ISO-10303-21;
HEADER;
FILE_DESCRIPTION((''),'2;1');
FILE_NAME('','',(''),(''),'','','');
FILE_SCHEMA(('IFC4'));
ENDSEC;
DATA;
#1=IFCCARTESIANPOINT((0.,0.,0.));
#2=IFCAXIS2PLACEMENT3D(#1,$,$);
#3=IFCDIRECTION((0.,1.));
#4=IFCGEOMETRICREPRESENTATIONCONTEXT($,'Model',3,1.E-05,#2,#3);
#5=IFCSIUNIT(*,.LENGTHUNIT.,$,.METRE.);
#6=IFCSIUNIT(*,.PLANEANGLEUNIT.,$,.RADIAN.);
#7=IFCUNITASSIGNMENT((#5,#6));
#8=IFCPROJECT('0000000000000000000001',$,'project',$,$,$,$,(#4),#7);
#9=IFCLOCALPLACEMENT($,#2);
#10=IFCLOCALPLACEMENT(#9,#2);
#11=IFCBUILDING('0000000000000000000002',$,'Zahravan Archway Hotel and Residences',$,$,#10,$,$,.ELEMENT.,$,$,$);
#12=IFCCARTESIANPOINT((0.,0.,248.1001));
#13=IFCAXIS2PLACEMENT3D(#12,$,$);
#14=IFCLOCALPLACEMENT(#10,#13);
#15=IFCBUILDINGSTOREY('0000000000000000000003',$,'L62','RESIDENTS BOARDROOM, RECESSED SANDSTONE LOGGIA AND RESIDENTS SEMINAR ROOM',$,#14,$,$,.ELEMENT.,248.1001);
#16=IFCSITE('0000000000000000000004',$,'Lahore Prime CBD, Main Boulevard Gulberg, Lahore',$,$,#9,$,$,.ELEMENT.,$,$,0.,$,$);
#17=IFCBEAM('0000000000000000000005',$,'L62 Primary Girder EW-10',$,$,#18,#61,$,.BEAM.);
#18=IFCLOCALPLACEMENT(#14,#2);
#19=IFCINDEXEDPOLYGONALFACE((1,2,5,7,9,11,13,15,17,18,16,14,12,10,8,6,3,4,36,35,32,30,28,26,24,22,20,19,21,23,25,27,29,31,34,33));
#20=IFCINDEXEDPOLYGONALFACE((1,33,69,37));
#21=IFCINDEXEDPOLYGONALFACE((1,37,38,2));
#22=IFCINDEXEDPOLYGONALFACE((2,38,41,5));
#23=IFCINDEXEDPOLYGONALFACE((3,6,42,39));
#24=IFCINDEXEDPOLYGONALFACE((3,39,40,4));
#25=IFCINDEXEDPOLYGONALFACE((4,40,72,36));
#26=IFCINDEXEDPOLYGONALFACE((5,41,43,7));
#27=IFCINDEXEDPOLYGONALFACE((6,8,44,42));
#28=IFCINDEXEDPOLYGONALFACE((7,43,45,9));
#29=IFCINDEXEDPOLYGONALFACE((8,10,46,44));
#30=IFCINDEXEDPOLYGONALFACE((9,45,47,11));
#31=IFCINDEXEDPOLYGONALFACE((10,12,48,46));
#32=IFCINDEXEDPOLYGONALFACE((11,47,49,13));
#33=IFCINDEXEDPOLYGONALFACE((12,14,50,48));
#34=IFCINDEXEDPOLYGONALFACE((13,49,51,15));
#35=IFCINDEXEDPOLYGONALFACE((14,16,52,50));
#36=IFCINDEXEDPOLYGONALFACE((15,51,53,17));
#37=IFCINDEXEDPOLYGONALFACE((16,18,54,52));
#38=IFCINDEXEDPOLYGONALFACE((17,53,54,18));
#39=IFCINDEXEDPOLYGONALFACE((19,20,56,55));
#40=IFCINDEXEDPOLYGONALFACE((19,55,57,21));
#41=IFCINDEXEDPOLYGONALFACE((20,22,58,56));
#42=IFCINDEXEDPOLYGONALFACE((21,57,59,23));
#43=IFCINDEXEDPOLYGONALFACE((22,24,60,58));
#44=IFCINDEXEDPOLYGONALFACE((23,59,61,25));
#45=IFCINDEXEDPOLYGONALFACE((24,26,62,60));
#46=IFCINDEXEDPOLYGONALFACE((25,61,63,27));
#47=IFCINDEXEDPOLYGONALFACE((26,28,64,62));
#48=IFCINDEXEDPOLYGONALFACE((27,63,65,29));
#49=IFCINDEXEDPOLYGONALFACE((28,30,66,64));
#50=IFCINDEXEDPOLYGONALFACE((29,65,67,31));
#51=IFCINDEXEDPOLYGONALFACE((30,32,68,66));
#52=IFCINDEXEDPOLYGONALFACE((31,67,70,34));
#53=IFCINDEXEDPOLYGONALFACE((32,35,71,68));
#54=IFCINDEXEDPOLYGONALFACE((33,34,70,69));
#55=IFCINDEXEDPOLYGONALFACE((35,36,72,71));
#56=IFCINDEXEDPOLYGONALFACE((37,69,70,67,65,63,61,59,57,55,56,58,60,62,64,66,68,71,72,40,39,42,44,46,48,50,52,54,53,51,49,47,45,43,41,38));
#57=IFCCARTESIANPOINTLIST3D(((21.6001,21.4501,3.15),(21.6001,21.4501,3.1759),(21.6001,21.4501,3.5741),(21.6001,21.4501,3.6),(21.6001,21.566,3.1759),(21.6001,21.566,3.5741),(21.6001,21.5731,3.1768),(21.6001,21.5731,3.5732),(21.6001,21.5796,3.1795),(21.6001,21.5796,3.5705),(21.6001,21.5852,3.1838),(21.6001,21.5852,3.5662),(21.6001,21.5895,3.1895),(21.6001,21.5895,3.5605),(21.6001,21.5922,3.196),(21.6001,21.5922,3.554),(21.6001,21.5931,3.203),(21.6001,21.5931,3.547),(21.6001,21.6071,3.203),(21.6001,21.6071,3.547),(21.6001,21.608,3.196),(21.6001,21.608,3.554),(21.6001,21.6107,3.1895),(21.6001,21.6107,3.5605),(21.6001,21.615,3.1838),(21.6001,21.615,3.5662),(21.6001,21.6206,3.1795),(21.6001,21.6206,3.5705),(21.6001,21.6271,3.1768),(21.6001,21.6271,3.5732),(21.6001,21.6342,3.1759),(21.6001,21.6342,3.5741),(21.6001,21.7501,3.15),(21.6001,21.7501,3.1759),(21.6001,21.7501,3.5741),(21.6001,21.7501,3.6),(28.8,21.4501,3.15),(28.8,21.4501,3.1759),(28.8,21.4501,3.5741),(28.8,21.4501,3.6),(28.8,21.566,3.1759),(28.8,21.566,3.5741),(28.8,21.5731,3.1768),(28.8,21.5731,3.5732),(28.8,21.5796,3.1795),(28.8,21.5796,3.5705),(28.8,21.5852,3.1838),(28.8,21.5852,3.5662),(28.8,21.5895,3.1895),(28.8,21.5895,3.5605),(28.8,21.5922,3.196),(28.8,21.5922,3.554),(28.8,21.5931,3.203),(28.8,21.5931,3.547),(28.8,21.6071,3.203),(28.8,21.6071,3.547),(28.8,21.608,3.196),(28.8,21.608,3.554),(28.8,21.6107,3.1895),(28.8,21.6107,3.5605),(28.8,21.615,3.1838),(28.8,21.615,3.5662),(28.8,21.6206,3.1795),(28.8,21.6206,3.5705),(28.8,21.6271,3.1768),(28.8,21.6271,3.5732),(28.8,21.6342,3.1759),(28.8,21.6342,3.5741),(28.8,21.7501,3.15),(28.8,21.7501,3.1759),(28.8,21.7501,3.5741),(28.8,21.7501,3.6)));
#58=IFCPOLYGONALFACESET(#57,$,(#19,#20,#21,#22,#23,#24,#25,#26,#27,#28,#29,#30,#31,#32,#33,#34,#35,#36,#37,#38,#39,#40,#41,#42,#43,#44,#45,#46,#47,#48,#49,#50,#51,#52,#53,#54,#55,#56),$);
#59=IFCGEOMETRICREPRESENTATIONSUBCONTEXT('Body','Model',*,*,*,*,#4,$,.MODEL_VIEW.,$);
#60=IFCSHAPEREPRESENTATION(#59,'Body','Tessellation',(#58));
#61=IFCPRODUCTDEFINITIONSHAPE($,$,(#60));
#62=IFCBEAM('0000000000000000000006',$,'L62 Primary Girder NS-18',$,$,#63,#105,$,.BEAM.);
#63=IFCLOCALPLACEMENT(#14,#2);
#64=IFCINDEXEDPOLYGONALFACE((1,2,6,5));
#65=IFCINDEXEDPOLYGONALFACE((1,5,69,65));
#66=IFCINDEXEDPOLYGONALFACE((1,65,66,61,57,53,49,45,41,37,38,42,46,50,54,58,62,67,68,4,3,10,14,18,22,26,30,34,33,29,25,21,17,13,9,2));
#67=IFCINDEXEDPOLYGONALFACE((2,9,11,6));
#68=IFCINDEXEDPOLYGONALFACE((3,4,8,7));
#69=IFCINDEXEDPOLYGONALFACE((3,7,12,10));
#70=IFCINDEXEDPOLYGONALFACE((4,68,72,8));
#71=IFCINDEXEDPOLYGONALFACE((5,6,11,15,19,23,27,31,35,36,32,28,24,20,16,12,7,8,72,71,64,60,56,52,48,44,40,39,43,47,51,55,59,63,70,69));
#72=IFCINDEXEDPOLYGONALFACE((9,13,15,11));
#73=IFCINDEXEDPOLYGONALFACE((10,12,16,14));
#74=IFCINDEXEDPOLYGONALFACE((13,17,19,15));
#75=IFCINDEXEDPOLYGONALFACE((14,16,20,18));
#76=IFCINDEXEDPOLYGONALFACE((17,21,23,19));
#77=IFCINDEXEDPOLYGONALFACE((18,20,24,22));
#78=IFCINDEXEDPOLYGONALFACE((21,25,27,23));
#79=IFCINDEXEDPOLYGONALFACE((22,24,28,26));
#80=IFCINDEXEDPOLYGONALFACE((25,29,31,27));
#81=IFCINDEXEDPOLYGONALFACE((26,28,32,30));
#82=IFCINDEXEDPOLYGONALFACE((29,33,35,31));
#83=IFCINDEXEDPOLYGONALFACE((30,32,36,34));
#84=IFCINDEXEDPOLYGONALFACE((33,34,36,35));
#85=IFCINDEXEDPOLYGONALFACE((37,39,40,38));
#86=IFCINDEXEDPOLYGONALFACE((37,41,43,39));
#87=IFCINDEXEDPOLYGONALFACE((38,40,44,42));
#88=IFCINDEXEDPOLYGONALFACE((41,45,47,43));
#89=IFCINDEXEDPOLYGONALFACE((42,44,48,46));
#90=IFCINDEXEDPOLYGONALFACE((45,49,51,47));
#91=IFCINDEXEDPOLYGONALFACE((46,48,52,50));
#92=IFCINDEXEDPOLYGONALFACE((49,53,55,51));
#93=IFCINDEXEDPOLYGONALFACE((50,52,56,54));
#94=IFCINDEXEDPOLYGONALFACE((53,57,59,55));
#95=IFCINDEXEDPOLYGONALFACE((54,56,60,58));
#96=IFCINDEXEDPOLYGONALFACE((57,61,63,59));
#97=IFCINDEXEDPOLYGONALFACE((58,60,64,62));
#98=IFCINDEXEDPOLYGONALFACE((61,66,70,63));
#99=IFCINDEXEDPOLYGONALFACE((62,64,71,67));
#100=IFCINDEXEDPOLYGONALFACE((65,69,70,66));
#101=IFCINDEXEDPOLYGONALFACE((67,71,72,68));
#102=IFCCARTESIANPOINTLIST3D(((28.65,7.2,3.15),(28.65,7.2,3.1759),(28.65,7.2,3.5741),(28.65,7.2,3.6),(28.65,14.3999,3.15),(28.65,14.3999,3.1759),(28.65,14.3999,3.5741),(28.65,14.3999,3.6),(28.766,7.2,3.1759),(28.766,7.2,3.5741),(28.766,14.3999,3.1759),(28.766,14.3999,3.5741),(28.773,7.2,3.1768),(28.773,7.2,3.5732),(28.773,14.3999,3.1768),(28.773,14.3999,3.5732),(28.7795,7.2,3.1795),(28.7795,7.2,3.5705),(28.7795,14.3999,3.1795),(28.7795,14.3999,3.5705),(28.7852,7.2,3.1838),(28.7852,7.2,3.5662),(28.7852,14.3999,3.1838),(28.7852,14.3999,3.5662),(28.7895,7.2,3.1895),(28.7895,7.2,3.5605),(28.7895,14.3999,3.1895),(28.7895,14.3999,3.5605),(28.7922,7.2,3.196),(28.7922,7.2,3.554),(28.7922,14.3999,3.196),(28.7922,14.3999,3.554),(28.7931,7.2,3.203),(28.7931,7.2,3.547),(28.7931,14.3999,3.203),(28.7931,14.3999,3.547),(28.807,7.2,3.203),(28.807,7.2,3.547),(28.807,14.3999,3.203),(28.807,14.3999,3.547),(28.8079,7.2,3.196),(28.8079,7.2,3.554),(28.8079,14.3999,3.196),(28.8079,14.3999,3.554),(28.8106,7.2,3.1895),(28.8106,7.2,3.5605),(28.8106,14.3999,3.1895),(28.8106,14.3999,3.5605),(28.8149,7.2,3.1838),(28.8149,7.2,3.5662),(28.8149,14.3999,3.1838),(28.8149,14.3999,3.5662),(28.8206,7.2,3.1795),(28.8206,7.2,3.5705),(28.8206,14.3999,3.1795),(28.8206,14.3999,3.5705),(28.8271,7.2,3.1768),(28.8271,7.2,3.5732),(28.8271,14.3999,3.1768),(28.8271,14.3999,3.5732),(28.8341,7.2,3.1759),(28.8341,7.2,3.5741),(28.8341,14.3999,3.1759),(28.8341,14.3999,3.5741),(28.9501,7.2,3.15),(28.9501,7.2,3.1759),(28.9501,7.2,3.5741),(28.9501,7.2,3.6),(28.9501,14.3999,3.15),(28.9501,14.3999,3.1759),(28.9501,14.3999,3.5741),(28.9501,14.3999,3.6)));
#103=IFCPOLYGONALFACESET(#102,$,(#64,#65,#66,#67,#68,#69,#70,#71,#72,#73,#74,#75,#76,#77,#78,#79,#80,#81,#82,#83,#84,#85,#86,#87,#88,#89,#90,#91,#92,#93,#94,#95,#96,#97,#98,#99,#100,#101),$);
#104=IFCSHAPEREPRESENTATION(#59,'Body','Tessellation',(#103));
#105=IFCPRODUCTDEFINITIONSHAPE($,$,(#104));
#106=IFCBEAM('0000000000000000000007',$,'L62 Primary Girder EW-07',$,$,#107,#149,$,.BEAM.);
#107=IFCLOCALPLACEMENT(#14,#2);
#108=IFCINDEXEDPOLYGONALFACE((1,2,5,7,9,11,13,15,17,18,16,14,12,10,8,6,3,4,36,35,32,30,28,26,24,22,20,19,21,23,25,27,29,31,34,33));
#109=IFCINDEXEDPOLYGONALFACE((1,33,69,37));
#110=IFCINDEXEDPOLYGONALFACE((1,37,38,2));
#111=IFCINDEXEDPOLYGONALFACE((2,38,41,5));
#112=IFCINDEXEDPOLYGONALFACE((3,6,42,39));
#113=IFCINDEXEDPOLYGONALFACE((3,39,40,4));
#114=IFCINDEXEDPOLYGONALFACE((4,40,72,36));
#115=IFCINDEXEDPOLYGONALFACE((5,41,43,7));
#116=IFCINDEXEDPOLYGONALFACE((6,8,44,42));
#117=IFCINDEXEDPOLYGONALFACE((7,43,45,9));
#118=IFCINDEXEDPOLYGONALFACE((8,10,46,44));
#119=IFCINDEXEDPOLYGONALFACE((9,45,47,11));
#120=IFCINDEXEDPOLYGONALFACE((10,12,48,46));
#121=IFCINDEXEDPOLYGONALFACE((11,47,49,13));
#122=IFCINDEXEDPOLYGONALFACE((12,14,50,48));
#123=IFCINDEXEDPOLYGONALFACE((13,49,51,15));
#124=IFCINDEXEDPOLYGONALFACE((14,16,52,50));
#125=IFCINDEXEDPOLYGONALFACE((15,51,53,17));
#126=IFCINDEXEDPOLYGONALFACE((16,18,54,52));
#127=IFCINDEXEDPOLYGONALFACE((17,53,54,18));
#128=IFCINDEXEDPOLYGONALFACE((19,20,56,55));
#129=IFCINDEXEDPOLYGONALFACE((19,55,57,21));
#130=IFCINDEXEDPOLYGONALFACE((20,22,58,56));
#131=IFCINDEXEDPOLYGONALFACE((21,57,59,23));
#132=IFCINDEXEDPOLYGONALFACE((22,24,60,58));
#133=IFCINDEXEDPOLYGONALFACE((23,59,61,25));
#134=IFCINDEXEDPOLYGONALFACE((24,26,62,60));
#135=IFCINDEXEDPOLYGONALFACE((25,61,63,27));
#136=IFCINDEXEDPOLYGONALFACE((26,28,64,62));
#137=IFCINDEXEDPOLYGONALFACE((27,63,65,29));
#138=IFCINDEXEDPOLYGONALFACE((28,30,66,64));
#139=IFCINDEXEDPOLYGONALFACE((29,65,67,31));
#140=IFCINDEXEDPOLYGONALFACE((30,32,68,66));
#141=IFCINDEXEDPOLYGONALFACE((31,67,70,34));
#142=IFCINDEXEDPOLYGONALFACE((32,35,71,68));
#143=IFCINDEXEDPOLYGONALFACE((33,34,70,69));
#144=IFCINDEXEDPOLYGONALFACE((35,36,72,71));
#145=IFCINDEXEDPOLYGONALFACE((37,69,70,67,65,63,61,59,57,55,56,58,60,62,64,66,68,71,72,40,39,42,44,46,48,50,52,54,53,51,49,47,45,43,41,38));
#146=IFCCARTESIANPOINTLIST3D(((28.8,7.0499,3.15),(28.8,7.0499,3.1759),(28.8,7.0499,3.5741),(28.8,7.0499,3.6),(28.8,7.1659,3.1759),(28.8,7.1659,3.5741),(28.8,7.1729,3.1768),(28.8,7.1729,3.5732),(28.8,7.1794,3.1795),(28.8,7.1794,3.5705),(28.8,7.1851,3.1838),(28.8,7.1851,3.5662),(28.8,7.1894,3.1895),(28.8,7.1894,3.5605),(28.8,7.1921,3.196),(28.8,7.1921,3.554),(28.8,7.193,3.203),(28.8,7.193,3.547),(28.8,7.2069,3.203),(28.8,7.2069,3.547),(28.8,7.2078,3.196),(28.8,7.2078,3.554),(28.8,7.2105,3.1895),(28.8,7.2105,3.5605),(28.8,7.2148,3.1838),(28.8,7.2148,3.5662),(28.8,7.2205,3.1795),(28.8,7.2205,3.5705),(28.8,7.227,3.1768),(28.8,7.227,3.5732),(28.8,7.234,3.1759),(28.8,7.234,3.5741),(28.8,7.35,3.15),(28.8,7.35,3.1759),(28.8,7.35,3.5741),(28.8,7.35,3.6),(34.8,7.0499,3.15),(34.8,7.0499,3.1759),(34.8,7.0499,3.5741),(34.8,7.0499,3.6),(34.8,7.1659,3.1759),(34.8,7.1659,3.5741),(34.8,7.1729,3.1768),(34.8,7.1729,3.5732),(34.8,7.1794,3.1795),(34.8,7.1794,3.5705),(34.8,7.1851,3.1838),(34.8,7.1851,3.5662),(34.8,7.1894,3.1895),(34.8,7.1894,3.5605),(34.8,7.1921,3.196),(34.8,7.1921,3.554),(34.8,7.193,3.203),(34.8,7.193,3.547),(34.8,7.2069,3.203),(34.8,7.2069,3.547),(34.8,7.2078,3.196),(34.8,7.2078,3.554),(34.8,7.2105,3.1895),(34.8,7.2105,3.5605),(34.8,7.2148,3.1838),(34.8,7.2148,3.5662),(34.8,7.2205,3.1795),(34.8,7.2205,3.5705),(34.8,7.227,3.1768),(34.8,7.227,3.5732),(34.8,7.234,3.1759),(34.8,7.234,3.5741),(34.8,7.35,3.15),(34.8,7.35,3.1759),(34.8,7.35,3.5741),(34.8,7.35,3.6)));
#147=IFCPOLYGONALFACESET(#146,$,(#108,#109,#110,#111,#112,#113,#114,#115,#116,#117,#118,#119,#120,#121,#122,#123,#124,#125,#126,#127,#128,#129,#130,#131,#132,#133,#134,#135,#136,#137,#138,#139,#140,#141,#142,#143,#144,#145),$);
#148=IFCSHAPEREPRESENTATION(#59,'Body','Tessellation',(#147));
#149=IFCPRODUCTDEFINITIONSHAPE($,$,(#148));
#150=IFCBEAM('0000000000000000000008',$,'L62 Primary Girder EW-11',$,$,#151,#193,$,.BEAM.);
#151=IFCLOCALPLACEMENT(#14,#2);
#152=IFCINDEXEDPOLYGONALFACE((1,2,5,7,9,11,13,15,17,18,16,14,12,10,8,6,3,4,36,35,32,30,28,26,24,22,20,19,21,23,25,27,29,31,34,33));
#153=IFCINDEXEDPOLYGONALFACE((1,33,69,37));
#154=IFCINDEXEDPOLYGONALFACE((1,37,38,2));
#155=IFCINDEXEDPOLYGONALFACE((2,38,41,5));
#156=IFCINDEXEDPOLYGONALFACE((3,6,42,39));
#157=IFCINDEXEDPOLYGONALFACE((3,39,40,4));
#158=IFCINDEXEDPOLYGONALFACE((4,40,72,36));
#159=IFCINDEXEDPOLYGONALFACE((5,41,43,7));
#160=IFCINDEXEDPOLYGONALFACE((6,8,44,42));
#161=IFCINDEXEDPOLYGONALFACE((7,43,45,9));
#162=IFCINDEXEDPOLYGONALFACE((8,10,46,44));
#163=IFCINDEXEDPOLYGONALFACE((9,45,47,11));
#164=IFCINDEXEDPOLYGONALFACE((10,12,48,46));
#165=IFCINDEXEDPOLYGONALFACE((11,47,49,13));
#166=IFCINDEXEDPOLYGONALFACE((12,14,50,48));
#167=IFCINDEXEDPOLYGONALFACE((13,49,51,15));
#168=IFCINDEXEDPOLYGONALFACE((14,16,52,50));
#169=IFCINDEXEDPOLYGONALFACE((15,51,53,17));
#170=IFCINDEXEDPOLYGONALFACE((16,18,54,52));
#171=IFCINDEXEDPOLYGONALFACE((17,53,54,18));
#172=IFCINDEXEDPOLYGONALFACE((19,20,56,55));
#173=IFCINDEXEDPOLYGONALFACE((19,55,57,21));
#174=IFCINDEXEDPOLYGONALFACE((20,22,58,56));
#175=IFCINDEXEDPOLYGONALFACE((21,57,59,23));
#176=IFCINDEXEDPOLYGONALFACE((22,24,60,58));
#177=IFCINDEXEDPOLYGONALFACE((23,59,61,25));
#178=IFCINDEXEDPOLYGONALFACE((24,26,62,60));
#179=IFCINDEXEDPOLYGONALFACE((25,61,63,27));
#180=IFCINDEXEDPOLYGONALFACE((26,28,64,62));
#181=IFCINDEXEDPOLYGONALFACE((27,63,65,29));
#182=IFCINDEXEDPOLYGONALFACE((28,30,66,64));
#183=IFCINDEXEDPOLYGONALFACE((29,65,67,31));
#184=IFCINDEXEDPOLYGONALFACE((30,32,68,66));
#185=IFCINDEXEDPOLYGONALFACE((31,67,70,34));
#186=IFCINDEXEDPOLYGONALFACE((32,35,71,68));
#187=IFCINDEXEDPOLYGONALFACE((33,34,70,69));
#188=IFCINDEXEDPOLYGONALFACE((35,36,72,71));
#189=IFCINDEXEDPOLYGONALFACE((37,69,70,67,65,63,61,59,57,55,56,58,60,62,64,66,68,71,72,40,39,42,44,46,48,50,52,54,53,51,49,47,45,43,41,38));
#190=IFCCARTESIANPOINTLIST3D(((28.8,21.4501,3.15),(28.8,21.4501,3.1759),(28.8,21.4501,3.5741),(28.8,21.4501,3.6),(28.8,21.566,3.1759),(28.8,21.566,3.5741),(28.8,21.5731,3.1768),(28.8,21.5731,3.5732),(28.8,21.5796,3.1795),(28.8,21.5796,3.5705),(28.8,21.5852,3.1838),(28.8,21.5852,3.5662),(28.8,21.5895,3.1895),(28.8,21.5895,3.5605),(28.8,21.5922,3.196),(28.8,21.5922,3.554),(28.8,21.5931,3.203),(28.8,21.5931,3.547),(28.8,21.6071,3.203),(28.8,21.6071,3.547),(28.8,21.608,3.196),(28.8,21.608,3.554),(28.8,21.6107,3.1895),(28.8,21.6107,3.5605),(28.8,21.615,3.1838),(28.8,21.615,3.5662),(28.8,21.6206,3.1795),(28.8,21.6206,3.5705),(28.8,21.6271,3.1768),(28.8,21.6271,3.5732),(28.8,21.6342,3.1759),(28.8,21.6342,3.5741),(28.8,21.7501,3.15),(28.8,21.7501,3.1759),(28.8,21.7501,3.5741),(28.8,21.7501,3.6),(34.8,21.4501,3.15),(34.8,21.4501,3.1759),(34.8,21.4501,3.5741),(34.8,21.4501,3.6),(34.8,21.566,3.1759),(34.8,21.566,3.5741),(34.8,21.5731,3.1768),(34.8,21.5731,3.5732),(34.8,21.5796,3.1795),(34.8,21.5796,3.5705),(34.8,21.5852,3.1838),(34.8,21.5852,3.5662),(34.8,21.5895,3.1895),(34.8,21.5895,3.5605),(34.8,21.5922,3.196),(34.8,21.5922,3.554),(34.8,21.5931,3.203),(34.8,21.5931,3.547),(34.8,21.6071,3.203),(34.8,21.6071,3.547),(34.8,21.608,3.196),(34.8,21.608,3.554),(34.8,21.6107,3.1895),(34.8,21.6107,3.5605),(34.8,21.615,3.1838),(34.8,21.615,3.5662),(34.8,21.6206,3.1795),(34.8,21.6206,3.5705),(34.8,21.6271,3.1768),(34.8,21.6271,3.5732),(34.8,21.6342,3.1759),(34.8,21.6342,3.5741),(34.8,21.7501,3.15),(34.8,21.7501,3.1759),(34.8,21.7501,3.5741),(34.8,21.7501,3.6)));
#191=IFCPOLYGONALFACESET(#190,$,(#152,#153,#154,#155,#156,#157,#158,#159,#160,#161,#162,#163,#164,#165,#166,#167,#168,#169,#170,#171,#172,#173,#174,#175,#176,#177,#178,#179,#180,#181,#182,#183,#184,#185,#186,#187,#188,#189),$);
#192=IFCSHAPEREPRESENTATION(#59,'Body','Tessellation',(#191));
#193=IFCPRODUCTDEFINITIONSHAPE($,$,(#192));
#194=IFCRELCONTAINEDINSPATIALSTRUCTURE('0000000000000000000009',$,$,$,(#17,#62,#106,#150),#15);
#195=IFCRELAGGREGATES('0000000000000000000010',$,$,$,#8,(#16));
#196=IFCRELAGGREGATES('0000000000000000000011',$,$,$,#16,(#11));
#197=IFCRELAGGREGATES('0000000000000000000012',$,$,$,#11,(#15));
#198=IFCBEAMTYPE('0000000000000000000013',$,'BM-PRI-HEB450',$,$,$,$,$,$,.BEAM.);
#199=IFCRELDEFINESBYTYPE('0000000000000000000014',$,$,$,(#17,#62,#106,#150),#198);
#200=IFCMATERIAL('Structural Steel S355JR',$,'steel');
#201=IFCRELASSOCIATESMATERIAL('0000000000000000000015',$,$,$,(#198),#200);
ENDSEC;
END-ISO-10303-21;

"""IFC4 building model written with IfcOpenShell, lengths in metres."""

from ifc_helpers import new_model, si_unit, direction, frame, origin, origin_2d, place, context, subcontext, project, spatial, i_section, extrude, source, transform, mapped, material, material_profile, profile_set, type_object, element, save


model = new_model("IFC4")

# Units and contexts
model_context = context("Model", 3, precision=1e-05, world=origin(), true_north=direction((0.0, 1.0)))
body_context = subcontext(model_context, "Body", "Model", "MODEL_VIEW")
ifc_project = project(units=[si_unit("LENGTHUNIT", "METRE"), si_unit("PLANEANGLEUNIT", "RADIAN")], contexts=[model_context])

# Site, building, storey
site_placement = place(None, origin())
site = spatial("IfcSite", under=ifc_project, at=site_placement, Name="Lahore Prime CBD, Main Boulevard Gulberg, Lahore", CompositionType="ELEMENT", RefElevation=0.0)
building_placement = place(site_placement, origin())
building = spatial("IfcBuilding", under=site, at=building_placement, Name="Zahravan Archway Hotel and Residences", CompositionType="ELEMENT")
storey_placement = place(building_placement, frame((0.0, 0.0, 248.1001)))
storey = spatial("IfcBuildingStorey", under=building, at=storey_placement, Name="L62", Description="RESIDENTS BOARDROOM, RECESSED SANDSTONE LOGGIA AND RESIDENTS SEMINAR ROOM", CompositionType="ELEMENT", Elevation=248.1001)

# Beams
ifc_material_1 = material(Name="Structural Steel S355JR", Category="steel")
ifc_material_profile_1 = material_profile(ifc_material_1, i_section(OverallWidth=0.3, OverallDepth=0.45, WebThickness=0.0139, FlangeThickness=0.0259, FilletRadius=0.0271, at=origin_2d()), Name="HEB 450", Category="steel")
ifc_profile_set_1 = profile_set([ifc_material_profile_1], Name="Structural Steel S355JR")
beam_type_1 = type_object("IfcBeamType", Name="BM-PRI-HEB450", PredefinedType="BEAM", material=ifc_profile_set_1)
shared_shape_1 = source(origin(), body_context, "Body", "SweptSolid", [
    extrude(i_section(OverallWidth=0.3, OverallDepth=0.45, WebThickness=0.0139, FlangeThickness=0.0259, FilletRadius=0.0271, at=origin_2d()), origin(), (0.0, 0.0, 1.0), 7.2),
])
for number, where, z_axis, x_axis, name in (
    (1, (21.6001, 21.6001, 3.375), (1.0, 0.0, 0.0), (0.0, 1.0, 0.0), "L62 Primary Girder EW-10"),
    (2, (28.8, 7.2, 3.375), (0.0, 1.0, 0.0), (-1.0, 0.0, 0.0), "L62 Primary Girder NS-18"),
):
    element("IfcBeam", number, at=place(storey_placement, frame(where, z_axis=z_axis, x_axis=x_axis)), inside=storey, type_object=beam_type_1, Name=name, PredefinedType="BEAM", context=body_context, shape_type="MappedRepresentation", body=[
        mapped(shared_shape_1, transform((0.0, 0.0, 0.0), scale=1.0)),
    ])
shared_shape_2 = source(origin(), body_context, "Body", "SweptSolid", [
    extrude(i_section(OverallWidth=0.3, OverallDepth=0.45, WebThickness=0.0139, FlangeThickness=0.0259, FilletRadius=0.0271, at=origin_2d()), origin(), (0.0, 0.0, 1.0), 6.0),
])
for number, where, z_axis, x_axis, name in (
    (3, (28.8, 7.2, 3.375), (1.0, 0.0, 0.0), (0.0, 1.0, 0.0), "L62 Primary Girder EW-07"),
    (4, (28.8, 21.6001, 3.375), (1.0, 0.0, 0.0), (0.0, 1.0, 0.0), "L62 Primary Girder EW-11"),
):
    element("IfcBeam", number, at=place(storey_placement, frame(where, z_axis=z_axis, x_axis=x_axis)), inside=storey, type_object=beam_type_1, Name=name, PredefinedType="BEAM", context=body_context, shape_type="MappedRepresentation", body=[
        mapped(shared_shape_2, transform((0.0, 0.0, 0.0), scale=1.0)),
    ])

save(model, "model.ifc")
